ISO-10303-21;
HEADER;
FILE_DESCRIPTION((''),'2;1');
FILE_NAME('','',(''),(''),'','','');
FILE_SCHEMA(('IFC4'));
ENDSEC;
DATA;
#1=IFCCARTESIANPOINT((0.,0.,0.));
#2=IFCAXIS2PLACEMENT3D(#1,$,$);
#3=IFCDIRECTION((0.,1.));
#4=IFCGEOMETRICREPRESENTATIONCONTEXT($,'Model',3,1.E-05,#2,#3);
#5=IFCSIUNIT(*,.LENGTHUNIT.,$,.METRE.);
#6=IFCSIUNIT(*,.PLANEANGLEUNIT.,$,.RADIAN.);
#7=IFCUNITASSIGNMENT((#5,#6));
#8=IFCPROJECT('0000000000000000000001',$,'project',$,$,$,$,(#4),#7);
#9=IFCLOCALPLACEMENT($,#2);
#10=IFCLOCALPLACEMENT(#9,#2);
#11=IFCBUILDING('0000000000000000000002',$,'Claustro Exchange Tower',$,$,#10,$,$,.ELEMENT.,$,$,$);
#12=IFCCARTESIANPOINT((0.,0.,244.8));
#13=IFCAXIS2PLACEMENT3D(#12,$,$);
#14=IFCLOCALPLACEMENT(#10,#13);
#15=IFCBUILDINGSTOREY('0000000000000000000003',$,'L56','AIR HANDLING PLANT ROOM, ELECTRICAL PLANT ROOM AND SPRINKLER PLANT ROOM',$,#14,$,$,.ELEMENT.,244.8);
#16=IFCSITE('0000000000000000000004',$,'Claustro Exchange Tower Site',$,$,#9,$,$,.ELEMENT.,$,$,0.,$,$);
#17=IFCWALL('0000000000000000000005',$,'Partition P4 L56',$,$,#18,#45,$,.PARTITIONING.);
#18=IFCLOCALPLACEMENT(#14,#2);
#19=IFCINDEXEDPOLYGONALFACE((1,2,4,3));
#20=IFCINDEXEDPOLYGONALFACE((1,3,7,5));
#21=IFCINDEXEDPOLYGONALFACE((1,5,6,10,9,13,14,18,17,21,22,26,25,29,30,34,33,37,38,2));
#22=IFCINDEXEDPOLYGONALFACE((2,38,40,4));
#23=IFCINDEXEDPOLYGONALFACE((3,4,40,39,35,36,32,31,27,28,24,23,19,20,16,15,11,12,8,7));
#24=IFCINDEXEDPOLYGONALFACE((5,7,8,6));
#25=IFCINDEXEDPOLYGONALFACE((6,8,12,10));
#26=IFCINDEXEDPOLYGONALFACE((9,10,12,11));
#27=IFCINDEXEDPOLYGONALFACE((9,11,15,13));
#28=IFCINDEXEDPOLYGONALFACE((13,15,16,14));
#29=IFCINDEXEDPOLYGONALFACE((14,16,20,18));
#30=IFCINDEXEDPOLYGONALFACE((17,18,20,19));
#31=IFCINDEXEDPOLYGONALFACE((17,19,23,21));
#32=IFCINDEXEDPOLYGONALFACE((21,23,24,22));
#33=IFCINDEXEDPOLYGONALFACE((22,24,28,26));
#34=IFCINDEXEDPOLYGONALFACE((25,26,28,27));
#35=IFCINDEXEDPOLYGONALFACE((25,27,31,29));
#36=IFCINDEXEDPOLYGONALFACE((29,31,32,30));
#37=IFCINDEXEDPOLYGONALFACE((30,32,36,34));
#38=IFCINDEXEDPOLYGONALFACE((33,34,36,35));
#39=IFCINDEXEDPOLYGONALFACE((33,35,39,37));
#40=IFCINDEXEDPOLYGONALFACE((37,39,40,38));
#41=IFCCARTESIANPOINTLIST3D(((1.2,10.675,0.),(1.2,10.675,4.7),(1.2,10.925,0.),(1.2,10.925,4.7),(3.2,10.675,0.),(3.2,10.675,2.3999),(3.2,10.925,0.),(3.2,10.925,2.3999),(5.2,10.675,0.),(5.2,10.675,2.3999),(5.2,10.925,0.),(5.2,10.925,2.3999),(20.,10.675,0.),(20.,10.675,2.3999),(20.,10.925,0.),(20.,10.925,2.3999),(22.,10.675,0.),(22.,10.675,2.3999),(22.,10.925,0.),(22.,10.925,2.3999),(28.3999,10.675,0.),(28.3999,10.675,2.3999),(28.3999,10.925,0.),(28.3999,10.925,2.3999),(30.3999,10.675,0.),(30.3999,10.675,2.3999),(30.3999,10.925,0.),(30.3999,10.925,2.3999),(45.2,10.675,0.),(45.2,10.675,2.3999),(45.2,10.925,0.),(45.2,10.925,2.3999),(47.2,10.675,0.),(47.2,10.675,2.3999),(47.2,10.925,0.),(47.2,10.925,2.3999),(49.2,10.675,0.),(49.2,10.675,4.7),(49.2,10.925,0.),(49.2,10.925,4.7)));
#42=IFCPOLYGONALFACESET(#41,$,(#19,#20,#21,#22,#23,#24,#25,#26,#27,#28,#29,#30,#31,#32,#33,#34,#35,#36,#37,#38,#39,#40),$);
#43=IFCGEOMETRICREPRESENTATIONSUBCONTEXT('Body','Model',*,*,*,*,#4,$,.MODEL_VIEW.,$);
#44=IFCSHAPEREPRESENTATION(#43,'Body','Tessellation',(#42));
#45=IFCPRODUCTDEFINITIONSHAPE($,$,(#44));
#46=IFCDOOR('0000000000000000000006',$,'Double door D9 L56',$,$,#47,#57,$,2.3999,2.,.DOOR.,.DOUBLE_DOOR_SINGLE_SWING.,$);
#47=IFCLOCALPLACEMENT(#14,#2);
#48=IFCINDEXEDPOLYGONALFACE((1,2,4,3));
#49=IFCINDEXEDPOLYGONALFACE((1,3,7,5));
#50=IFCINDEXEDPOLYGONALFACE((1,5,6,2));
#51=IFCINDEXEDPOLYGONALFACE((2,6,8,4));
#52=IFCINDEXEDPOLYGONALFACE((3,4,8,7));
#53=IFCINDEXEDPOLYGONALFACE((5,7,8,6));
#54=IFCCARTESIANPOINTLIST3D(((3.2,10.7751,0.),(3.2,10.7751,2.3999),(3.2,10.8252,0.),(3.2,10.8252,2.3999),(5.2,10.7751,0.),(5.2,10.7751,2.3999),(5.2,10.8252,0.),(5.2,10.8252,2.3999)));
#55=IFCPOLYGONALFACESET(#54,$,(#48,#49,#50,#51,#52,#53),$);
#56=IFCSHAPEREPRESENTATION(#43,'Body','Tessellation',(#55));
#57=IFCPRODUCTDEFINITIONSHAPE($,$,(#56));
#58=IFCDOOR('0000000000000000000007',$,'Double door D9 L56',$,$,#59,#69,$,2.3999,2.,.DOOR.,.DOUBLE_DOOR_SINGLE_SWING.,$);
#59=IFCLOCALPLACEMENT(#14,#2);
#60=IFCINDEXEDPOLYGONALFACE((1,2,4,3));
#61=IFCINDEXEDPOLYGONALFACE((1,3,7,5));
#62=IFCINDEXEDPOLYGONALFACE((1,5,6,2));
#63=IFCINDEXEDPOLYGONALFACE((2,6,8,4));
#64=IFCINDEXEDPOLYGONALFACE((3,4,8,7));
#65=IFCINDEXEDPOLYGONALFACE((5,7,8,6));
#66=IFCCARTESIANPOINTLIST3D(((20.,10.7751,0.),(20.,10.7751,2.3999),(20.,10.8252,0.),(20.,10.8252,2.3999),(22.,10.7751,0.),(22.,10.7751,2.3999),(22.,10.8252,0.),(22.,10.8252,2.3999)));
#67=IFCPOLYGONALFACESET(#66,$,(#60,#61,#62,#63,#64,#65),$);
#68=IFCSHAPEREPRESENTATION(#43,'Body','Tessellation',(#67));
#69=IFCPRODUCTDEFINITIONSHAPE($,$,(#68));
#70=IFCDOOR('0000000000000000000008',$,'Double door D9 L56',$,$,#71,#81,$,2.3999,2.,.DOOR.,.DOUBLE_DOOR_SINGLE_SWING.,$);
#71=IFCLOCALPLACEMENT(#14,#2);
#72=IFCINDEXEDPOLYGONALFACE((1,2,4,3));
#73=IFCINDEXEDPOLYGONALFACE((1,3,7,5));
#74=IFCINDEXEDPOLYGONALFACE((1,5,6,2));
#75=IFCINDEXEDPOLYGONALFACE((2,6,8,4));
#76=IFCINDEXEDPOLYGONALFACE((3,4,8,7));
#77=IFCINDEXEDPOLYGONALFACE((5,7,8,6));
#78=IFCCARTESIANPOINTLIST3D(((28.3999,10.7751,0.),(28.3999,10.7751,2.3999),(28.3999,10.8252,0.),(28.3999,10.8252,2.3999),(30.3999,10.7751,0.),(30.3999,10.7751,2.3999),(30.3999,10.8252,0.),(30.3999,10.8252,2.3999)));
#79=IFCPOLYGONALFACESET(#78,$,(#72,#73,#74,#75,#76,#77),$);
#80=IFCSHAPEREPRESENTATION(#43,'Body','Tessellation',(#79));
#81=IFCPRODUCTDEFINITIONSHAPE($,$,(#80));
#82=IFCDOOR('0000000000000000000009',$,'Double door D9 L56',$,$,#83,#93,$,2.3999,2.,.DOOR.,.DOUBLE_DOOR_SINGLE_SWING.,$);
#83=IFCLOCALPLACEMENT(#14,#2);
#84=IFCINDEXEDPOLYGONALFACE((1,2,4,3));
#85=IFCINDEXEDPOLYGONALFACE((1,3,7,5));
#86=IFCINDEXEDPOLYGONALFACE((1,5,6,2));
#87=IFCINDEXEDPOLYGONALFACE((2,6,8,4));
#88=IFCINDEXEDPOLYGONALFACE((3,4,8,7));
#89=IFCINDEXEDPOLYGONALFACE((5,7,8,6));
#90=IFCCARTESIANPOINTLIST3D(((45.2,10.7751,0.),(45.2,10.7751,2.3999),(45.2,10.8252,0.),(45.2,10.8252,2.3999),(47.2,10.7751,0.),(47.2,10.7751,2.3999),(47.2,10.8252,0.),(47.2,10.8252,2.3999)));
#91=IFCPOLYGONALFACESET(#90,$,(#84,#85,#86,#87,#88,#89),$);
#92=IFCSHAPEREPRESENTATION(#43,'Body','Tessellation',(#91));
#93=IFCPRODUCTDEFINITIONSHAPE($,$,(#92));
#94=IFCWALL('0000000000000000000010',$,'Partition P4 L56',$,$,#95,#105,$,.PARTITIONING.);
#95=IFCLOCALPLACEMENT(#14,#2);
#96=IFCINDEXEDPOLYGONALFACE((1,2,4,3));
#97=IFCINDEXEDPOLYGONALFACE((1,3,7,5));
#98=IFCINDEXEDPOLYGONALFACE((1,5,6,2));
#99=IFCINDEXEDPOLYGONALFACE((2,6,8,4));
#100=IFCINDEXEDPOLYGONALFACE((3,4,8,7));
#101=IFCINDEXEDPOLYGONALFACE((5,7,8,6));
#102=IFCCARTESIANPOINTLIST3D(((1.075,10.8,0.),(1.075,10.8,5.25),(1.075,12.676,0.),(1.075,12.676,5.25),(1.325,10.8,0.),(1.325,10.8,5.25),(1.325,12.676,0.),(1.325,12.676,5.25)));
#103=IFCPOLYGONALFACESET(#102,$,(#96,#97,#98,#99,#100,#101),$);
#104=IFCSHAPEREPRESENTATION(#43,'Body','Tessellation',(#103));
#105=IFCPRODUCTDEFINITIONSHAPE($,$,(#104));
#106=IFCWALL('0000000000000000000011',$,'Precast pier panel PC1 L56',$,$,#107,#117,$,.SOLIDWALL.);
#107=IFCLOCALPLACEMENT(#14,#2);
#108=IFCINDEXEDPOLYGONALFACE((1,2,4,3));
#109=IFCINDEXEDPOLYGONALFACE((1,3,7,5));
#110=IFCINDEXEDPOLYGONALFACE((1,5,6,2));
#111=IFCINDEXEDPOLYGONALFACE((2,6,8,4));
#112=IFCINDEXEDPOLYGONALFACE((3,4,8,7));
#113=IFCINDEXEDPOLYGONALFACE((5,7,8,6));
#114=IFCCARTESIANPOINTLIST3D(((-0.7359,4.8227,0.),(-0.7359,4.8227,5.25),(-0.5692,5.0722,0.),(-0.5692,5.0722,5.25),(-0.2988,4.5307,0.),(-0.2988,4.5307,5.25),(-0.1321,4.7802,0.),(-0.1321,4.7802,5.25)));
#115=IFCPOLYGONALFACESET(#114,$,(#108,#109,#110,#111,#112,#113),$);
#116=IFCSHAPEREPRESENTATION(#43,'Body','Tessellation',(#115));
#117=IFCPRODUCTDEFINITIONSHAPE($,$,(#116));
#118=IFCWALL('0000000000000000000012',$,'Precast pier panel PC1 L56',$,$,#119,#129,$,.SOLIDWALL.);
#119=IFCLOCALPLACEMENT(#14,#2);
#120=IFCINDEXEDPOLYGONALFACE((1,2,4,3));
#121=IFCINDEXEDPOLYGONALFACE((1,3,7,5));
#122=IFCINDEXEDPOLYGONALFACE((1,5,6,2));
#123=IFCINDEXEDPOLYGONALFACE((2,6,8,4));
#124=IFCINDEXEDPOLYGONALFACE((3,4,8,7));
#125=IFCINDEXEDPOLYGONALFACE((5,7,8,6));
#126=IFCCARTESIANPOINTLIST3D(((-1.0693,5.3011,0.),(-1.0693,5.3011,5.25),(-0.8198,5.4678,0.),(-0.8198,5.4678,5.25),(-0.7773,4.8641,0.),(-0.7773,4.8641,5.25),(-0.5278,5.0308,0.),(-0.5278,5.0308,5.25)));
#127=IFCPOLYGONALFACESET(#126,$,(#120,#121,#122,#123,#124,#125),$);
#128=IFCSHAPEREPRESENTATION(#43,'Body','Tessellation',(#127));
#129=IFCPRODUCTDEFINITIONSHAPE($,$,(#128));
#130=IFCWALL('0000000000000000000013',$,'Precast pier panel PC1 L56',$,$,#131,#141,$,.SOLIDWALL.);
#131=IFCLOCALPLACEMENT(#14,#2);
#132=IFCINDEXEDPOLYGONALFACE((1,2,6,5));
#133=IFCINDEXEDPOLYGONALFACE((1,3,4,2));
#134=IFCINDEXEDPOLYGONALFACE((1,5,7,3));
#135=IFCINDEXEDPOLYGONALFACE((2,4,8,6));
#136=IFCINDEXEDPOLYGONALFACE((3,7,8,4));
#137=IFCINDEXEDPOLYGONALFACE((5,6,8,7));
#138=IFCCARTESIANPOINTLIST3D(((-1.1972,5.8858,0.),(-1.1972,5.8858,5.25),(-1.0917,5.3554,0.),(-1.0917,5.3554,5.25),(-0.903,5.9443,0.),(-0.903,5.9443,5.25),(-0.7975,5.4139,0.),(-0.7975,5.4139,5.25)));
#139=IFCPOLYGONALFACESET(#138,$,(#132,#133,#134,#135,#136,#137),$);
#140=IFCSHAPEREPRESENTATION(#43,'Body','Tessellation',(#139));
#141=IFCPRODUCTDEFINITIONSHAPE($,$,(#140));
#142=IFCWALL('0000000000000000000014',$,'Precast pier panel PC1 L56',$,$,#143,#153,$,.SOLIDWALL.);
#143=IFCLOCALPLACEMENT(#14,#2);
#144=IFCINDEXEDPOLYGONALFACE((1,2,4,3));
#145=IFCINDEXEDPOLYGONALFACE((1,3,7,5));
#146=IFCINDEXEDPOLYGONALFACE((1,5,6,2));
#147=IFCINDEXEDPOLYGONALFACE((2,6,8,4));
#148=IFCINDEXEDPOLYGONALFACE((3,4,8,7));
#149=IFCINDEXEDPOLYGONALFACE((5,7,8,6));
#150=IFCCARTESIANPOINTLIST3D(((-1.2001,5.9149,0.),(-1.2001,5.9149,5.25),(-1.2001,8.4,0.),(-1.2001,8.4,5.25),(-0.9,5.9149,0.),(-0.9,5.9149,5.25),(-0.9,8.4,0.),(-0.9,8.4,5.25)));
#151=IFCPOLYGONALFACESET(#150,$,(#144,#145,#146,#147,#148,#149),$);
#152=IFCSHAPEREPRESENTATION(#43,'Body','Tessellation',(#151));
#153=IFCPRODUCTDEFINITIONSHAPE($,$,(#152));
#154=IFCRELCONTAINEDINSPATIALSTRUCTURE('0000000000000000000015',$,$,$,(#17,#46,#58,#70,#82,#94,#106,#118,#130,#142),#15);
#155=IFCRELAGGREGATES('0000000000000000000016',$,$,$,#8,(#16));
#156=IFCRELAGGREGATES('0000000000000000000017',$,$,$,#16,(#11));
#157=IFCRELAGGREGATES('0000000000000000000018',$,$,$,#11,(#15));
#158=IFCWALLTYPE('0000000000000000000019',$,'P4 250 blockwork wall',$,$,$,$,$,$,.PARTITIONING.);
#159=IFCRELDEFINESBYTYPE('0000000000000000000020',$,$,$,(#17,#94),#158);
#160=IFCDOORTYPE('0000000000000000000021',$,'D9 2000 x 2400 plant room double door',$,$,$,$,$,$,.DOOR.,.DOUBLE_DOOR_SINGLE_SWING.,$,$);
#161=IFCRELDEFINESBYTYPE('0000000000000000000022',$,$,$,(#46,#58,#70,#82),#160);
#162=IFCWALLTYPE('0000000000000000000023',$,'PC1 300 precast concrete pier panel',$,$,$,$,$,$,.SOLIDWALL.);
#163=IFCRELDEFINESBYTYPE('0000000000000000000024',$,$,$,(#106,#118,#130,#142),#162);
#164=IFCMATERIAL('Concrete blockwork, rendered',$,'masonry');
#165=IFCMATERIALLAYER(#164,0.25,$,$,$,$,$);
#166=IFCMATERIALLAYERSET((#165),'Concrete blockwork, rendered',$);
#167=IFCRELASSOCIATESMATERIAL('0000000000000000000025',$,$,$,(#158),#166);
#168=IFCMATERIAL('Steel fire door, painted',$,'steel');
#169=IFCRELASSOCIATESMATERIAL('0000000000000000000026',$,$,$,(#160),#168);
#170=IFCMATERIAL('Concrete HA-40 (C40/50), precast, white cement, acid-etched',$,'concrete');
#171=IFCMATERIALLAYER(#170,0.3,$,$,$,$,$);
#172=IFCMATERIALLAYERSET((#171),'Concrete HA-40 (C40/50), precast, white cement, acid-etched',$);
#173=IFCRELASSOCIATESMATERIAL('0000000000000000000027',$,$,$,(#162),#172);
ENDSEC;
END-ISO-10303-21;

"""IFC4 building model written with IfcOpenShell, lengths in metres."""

from ifc_helpers import new_model, si_unit, direction, frame, frame_2d, origin, place, context, subcontext, project, spatial, rectangle, extrude, material, layer, layer_set, type_object, element, fill, save


model = new_model("IFC4")

# Units and contexts
model_context = context("Model", 3, precision=1e-05, world=origin(), true_north=direction((0.0, 1.0)))
body_context = subcontext(model_context, "Body", "Model", "MODEL_VIEW")
ifc_project = project(units=[si_unit("LENGTHUNIT", "METRE"), si_unit("PLANEANGLEUNIT", "RADIAN")], contexts=[model_context])

# Site, building, storey
site_placement = place(None, origin())
site = spatial("IfcSite", under=ifc_project, at=site_placement, Name="Claustro Exchange Tower Site", CompositionType="ELEMENT", RefElevation=0.0)
building_placement = place(site_placement, origin())
building = spatial("IfcBuilding", under=site, at=building_placement, Name="Claustro Exchange Tower", CompositionType="ELEMENT")
storey_placement = place(building_placement, frame((0.0, 0.0, 244.8)))
storey = spatial("IfcBuildingStorey", under=building, at=storey_placement, Name="L56", Description="AIR HANDLING PLANT ROOM, ELECTRICAL PLANT ROOM AND SPRINKLER PLANT ROOM", CompositionType="ELEMENT", Elevation=244.8)

# Wall, openings, doors
ifc_material_1 = material(Name="Concrete blockwork, rendered", Category="masonry")
ifc_layer_1 = layer(ifc_material_1, 0.25)
ifc_layer_set_1 = layer_set([ifc_layer_1], Name="Concrete blockwork, rendered")
wall_type_1 = type_object("IfcWallType", Name="P4 250 blockwork wall", PredefinedType="PARTITIONING", material=ifc_layer_set_1)
wall_1_placement = place(storey_placement, frame((1.2, 10.8, 0.0), z_axis=(0.0, 0.0, 1.0), x_axis=(1.0, 0.0, 0.0)))
wall_1 = element("IfcWall", 1, at=wall_1_placement, inside=storey, type_object=wall_type_1, Name="Partition P4 L56", PredefinedType="PARTITIONING", context=body_context, shape_type="SweptSolid", body=[
    extrude(rectangle(XDim=48.0, YDim=0.25, at=frame_2d((24.0, 0.0))), origin(), (0.0, 0.0, 1.0), 4.7),
])
opening_1_placement = place(wall_1_placement, frame((2.0, 0.0, 0.0)))
opening_1 = element("IfcOpeningElement", 2, at=opening_1_placement, cuts=wall_1, PredefinedType="OPENING", context=body_context, shape_type="SweptSolid", body=[
    extrude(rectangle(XDim=2.0, YDim=2.3999, at=frame_2d((1.0, 1.2))), frame((0.0, 0.135, 0.0), z_axis=(0.0, -1.0, 0.0), x_axis=(1.0, 0.0, 0.0)), (0.0, 0.0, 1.0), 0.27),
])
opening_2_placement = place(wall_1_placement, frame((18.8, 0.0, 0.0)))
opening_2 = element("IfcOpeningElement", 3, at=opening_2_placement, cuts=wall_1, PredefinedType="OPENING", context=body_context, shape_type="SweptSolid", body=[
    extrude(rectangle(XDim=2.0, YDim=2.3999, at=frame_2d((1.0, 1.2))), frame((0.0, 0.135, 0.0), z_axis=(0.0, -1.0, 0.0), x_axis=(1.0, 0.0, 0.0)), (0.0, 0.0, 1.0), 0.27),
])
opening_3_placement = place(wall_1_placement, frame((27.2, 0.0, 0.0)))
opening_3 = element("IfcOpeningElement", 4, at=opening_3_placement, cuts=wall_1, PredefinedType="OPENING", context=body_context, shape_type="SweptSolid", body=[
    extrude(rectangle(XDim=2.0, YDim=2.3999, at=frame_2d((1.0, 1.2))), frame((0.0, 0.135, 0.0), z_axis=(0.0, -1.0, 0.0), x_axis=(1.0, 0.0, 0.0)), (0.0, 0.0, 1.0), 0.27),
])
opening_4_placement = place(wall_1_placement, frame((44.0, 0.0, 0.0)))
opening_4 = element("IfcOpeningElement", 5, at=opening_4_placement, cuts=wall_1, PredefinedType="OPENING", context=body_context, shape_type="SweptSolid", body=[
    extrude(rectangle(XDim=2.0, YDim=2.3999, at=frame_2d((1.0, 1.2))), frame((0.0, 0.135, 0.0), z_axis=(0.0, -1.0, 0.0), x_axis=(1.0, 0.0, 0.0)), (0.0, 0.0, 1.0), 0.27),
])
ifc_material_2 = material(Name="Steel fire door, painted", Category="steel")
door_type_1 = type_object("IfcDoorType", Name="D9 2000 x 2400 plant room double door", OperationType="DOUBLE_DOOR_SINGLE_SWING", PredefinedType="DOOR", material=ifc_material_2)
door_1_placement = place(opening_1_placement, frame((2.0, 0.0, 0.0), z_axis=(0.0, 0.0, 1.0), x_axis=(-1.0, 0.0, 0.0)))
door_1 = element("IfcDoor", 6, at=door_1_placement, inside=storey, type_object=door_type_1, Name="Double door D9 L56", OperationType="DOUBLE_DOOR_SINGLE_SWING", OverallHeight=2.3999, OverallWidth=2.0, PredefinedType="DOOR", context=body_context, shape_type="SweptSolid", body=[
    extrude(rectangle(XDim=2.0, YDim=2.3999, at=frame_2d((1.0, 1.2))), frame((0.0, 0.0249, 0.0), z_axis=(0.0, -1.0, 0.0), x_axis=(1.0, 0.0, 0.0)), (0.0, 0.0, 1.0), 0.05),
])
fill(opening_1, door_1)
door_2_placement = place(opening_2_placement, frame((2.0, 0.0, 0.0), z_axis=(0.0, 0.0, 1.0), x_axis=(-1.0, 0.0, 0.0)))
door_2 = element("IfcDoor", 7, at=door_2_placement, inside=storey, type_object=door_type_1, Name="Double door D9 L56", OperationType="DOUBLE_DOOR_SINGLE_SWING", OverallHeight=2.3999, OverallWidth=2.0, PredefinedType="DOOR", context=body_context, shape_type="SweptSolid", body=[
    extrude(rectangle(XDim=2.0, YDim=2.3999, at=frame_2d((1.0, 1.2))), frame((0.0, 0.0249, 0.0), z_axis=(0.0, -1.0, 0.0), x_axis=(1.0, 0.0, 0.0)), (0.0, 0.0, 1.0), 0.05),
])
fill(opening_2, door_2)
door_3_placement = place(opening_3_placement, frame((2.0, 0.0, 0.0), z_axis=(0.0, 0.0, 1.0), x_axis=(-1.0, 0.0, 0.0)))
door_3 = element("IfcDoor", 8, at=door_3_placement, inside=storey, type_object=door_type_1, Name="Double door D9 L56", OperationType="DOUBLE_DOOR_SINGLE_SWING", OverallHeight=2.3999, OverallWidth=2.0, PredefinedType="DOOR", context=body_context, shape_type="SweptSolid", body=[
    extrude(rectangle(XDim=2.0, YDim=2.3999, at=frame_2d((1.0, 1.2))), frame((0.0, 0.0249, 0.0), z_axis=(0.0, -1.0, 0.0), x_axis=(1.0, 0.0, 0.0)), (0.0, 0.0, 1.0), 0.05),
])
fill(opening_3, door_3)
door_4_placement = place(opening_4_placement, frame((2.0, 0.0, 0.0), z_axis=(0.0, 0.0, 1.0), x_axis=(-1.0, 0.0, 0.0)))
door_4 = element("IfcDoor", 9, at=door_4_placement, inside=storey, type_object=door_type_1, Name="Double door D9 L56", OperationType="DOUBLE_DOOR_SINGLE_SWING", OverallHeight=2.3999, OverallWidth=2.0, PredefinedType="DOOR", context=body_context, shape_type="SweptSolid", body=[
    extrude(rectangle(XDim=2.0, YDim=2.3999, at=frame_2d((1.0, 1.2))), frame((0.0, 0.0249, 0.0), z_axis=(0.0, -1.0, 0.0), x_axis=(1.0, 0.0, 0.0)), (0.0, 0.0, 1.0), 0.05),
])
fill(opening_4, door_4)

# Walls
wall_2_placement = place(storey_placement, frame((1.2, 10.8, 0.0), z_axis=(0.0, 0.0, 1.0), x_axis=(0.0, 1.0, 0.0)))
element("IfcWall", 10, at=wall_2_placement, inside=storey, type_object=wall_type_1, Name="Partition P4 L56", PredefinedType="PARTITIONING", context=body_context, shape_type="SweptSolid", body=[
    extrude(rectangle(XDim=1.876, YDim=0.25, at=frame_2d((0.938, 0.0))), origin(), (0.0, 0.0, 1.0), 5.25),
])
ifc_material_3 = material(Name="Concrete HA-40 (C40/50), precast, white cement, acid-etched", Category="concrete")
ifc_layer_2 = layer(ifc_material_3, 0.3)
ifc_layer_set_2 = layer_set([ifc_layer_2], Name="Concrete HA-40 (C40/50), precast, white cement, acid-etched")
wall_type_2 = type_object("IfcWallType", Name="PC1 300 precast concrete pier panel", PredefinedType="SOLIDWALL", material=ifc_layer_set_2)
for number, where, z_axis, x_axis, name in (
    (11, (-0.2156, 4.6555, 0.0), (0.0, 0.0, 1.0), (-0.831478, 0.555557, 0.0), "Precast pier panel PC1 L56"),
    (12, (-0.6526, 4.9475, 0.0), (0.0, 0.0, 1.0), (-0.555557, 0.831478, 0.0), "Precast pier panel PC1 L56"),
):
    element("IfcWall", number, at=place(storey_placement, frame(where, z_axis=z_axis, x_axis=x_axis)), inside=storey, type_object=wall_type_2, Name=name, PredefinedType="SOLIDWALL", context=body_context, shape_type="SweptSolid", body=[
        extrude(rectangle(XDim=0.5256, YDim=0.3, at=frame_2d((0.2627, 0.0))), origin(), (0.0, 0.0, 1.0), 5.25),
    ])
wall_3_placement = place(storey_placement, frame((-0.9446, 5.3845, 0.0), z_axis=(0.0, 0.0, 1.0), x_axis=(-0.195074, 0.980789, 0.0)))
element("IfcWall", 13, at=wall_3_placement, inside=storey, type_object=wall_type_2, Name="Precast pier panel PC1 L56", PredefinedType="SOLIDWALL", context=body_context, shape_type="SweptSolid", body=[
    extrude(rectangle(XDim=0.5408, YDim=0.3, at=frame_2d((0.2705, 0.0))), origin(), (0.0, 0.0, 1.0), 5.25),
])
wall_4_placement = place(storey_placement, frame((-1.05, 5.9148, 0.0), z_axis=(0.0, 0.0, 1.0), x_axis=(0.0, 1.0, 0.0)))
element("IfcWall", 14, at=wall_4_placement, inside=storey, type_object=wall_type_2, Name="Precast pier panel PC1 L56", PredefinedType="SOLIDWALL", context=body_context, shape_type="SweptSolid", body=[
    extrude(rectangle(XDim=2.4851, YDim=0.3, at=frame_2d((1.2427, 0.0))), origin(), (0.0, 0.0, 1.0), 5.25),
])

save(model, "model.ifc")
